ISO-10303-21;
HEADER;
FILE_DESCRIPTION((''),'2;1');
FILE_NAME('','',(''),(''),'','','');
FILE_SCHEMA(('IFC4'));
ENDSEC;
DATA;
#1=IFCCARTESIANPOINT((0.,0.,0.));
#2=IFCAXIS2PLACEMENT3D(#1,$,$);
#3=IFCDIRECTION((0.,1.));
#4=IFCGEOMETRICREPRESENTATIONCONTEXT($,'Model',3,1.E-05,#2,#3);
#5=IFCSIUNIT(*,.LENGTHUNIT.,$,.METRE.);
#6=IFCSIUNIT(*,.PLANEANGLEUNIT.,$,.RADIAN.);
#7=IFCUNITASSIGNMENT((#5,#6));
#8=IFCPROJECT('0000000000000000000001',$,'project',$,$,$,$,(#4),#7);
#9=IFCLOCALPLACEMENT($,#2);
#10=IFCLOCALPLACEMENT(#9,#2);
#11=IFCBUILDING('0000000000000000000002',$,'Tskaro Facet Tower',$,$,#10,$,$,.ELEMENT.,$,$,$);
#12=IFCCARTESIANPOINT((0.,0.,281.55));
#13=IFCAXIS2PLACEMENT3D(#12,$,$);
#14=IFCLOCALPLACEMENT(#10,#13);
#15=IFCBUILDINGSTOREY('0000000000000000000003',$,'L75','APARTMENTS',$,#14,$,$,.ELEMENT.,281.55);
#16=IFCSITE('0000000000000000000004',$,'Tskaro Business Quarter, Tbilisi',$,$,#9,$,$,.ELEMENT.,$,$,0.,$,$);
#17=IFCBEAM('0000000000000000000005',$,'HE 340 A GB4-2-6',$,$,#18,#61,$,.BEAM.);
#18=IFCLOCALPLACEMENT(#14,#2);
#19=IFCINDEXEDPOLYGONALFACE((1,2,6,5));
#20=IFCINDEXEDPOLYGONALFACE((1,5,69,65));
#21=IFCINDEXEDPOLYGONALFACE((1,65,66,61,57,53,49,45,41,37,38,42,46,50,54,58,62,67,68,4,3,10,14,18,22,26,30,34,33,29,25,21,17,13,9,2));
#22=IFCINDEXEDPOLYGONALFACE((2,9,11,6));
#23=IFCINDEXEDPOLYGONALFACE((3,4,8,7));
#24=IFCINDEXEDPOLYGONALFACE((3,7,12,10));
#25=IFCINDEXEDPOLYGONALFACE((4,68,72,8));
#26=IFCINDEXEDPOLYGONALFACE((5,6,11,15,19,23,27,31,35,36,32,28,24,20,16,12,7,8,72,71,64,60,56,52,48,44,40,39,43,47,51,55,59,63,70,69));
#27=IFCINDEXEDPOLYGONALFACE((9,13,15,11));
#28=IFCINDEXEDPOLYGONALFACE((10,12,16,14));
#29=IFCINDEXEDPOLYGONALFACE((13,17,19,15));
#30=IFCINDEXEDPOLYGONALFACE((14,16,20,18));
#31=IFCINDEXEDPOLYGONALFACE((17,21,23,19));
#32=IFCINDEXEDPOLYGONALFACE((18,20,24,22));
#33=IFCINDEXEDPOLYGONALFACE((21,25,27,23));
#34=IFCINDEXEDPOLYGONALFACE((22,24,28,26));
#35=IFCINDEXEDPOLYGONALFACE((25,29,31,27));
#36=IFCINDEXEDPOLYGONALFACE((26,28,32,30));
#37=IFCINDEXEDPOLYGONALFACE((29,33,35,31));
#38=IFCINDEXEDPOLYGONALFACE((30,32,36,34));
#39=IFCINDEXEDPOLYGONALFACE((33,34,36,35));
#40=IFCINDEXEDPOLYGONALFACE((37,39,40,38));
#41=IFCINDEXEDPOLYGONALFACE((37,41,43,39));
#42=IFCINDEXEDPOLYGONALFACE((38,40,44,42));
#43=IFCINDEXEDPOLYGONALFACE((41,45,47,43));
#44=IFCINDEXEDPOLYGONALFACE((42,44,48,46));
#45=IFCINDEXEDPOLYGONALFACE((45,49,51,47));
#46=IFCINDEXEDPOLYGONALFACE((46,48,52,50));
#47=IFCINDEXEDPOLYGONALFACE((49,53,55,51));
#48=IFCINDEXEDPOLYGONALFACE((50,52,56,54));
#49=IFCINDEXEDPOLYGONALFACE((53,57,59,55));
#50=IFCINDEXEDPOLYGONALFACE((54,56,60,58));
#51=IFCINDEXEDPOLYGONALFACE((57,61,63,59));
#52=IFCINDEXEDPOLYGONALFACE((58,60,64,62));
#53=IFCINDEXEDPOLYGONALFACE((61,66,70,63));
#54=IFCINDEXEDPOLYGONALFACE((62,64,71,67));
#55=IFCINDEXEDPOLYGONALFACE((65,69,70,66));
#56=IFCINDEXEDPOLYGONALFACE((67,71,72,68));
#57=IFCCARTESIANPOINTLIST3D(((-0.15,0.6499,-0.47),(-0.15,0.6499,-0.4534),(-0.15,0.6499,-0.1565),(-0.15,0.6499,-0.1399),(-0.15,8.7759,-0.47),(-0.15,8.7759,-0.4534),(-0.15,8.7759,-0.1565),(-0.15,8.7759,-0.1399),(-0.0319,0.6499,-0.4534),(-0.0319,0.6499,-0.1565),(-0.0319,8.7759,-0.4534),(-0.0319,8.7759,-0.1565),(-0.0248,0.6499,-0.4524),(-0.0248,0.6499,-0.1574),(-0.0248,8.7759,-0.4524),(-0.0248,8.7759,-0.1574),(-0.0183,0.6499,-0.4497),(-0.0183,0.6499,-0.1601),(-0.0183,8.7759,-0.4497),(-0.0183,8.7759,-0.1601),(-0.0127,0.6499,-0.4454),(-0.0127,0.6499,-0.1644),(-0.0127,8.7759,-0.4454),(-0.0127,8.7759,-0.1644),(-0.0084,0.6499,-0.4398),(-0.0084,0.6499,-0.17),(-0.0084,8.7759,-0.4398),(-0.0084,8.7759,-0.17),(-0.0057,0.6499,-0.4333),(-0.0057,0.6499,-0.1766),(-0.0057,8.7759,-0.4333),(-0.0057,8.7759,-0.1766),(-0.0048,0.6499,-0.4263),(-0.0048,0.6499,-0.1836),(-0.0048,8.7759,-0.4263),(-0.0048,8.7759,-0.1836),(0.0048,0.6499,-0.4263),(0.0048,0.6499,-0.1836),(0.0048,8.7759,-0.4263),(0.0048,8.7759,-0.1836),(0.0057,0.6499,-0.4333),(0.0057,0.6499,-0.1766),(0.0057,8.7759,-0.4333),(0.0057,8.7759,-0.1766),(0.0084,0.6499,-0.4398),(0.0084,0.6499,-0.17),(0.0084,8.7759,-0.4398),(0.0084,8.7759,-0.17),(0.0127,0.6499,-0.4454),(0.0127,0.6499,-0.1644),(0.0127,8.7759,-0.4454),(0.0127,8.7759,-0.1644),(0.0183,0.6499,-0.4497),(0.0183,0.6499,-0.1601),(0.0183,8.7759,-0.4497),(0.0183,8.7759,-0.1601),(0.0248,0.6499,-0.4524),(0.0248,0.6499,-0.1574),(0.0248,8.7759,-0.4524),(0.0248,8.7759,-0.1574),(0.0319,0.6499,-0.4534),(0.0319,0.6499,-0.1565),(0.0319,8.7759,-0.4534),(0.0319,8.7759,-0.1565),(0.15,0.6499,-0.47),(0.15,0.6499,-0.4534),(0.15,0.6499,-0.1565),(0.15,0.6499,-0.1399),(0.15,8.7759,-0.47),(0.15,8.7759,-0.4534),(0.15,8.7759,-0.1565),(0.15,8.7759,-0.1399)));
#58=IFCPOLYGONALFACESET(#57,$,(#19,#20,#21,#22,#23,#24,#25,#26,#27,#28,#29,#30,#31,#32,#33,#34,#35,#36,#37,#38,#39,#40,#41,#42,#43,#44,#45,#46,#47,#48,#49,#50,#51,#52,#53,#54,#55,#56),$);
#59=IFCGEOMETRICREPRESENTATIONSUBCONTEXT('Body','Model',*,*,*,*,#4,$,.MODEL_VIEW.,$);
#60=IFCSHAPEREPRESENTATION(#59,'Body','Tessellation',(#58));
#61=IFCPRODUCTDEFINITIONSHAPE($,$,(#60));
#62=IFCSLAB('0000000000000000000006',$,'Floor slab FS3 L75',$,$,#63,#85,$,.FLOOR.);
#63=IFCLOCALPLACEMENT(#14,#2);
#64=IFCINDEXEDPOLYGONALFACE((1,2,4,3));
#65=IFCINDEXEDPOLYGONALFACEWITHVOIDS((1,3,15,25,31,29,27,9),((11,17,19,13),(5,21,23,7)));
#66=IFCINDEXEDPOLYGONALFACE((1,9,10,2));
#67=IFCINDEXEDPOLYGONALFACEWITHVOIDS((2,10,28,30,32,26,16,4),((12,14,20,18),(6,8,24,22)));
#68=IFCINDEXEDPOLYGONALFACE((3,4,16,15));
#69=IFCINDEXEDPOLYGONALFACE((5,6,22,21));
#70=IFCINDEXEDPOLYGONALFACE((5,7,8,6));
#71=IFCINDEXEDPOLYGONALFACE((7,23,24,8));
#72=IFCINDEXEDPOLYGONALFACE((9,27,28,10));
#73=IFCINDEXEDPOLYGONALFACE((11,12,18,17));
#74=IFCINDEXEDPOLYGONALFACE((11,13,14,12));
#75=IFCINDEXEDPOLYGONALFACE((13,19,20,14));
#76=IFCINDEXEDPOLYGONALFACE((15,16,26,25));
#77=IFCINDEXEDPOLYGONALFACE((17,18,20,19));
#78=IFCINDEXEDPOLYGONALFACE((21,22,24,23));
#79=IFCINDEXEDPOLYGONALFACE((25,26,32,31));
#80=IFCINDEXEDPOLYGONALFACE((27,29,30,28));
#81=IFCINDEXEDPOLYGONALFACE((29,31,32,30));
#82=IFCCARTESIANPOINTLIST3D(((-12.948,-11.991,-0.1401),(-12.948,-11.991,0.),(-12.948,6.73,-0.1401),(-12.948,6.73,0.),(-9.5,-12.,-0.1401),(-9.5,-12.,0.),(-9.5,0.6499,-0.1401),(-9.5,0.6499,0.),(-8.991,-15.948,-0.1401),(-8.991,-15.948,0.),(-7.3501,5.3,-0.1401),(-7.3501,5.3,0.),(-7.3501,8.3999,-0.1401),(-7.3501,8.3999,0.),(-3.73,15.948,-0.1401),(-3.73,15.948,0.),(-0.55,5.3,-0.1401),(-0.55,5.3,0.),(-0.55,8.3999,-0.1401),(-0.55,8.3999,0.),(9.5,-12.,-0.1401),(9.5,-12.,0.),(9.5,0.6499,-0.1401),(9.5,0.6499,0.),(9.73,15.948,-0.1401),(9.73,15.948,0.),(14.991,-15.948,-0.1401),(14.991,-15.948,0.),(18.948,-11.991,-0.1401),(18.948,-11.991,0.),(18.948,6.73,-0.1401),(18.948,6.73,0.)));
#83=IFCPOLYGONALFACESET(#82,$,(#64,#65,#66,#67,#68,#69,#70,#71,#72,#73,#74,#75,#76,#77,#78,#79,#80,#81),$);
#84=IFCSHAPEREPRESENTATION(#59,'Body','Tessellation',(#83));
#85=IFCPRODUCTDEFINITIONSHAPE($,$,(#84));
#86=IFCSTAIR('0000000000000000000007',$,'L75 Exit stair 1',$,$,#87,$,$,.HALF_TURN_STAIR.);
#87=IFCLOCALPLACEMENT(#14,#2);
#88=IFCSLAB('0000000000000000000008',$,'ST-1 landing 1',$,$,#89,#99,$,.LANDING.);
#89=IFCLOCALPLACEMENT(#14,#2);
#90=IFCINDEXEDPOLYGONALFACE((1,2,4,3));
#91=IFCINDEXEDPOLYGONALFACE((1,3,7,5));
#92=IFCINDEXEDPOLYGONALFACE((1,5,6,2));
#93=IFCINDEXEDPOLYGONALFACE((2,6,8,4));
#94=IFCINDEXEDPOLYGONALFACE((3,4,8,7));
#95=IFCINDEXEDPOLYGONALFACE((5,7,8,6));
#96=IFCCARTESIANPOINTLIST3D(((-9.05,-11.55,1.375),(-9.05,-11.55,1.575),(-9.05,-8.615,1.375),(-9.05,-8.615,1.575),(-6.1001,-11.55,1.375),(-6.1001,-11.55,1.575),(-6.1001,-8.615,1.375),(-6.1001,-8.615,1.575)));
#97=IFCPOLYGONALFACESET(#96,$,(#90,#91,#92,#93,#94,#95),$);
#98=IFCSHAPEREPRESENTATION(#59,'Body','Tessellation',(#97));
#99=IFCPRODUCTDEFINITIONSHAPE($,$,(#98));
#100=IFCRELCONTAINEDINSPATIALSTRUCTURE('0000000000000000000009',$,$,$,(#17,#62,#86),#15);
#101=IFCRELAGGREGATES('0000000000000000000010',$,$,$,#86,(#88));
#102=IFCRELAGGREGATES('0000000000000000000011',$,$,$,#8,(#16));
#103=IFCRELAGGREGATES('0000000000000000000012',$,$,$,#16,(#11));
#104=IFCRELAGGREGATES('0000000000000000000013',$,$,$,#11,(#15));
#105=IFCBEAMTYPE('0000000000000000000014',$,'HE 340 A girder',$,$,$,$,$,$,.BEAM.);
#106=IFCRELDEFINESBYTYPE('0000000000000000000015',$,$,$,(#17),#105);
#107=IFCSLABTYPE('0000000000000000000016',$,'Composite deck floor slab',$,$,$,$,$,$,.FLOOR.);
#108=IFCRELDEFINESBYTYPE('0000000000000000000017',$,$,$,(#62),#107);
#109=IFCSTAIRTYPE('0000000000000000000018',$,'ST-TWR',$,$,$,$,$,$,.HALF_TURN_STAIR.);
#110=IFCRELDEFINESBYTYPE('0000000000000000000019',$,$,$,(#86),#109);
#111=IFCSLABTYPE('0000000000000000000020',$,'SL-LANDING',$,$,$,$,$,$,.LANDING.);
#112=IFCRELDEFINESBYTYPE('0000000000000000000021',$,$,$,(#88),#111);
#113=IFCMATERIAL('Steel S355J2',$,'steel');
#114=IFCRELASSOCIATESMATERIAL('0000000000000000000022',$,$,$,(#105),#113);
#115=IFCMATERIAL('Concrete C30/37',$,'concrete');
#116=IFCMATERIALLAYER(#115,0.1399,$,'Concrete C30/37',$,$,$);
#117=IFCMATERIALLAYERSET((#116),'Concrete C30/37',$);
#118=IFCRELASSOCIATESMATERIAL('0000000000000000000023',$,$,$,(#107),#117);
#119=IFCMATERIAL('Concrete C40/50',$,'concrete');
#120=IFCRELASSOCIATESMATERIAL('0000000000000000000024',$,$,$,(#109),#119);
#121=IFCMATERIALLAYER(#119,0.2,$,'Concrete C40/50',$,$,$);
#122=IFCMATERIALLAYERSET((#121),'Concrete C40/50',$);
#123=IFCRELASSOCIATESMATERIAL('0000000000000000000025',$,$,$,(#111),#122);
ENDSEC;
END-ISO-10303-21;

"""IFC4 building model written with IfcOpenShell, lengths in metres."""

from ifc_helpers import new_model, si_unit, direction, frame, origin, origin_2d, place, context, subcontext, project, spatial, polyline, i_section, outline, extrude, material, layer, layer_set, material_profile, profile_set, type_object, element, aggregate, save


model = new_model("IFC4")

# Units and contexts
model_context = context("Model", 3, precision=1e-05, world=origin(), true_north=direction((0.0, 1.0)))
body_context = subcontext(model_context, "Body", "Model", "MODEL_VIEW")
ifc_project = project(units=[si_unit("LENGTHUNIT", "METRE"), si_unit("PLANEANGLEUNIT", "RADIAN")], contexts=[model_context])

# Site, building, storey
site_placement = place(None, origin())
site = spatial("IfcSite", under=ifc_project, at=site_placement, Name="Tskaro Business Quarter, Tbilisi", CompositionType="ELEMENT", RefElevation=0.0)
building_placement = place(site_placement, origin())
building = spatial("IfcBuilding", under=site, at=building_placement, Name="Tskaro Facet Tower", CompositionType="ELEMENT")
storey_placement = place(building_placement, frame((0.0, 0.0, 281.55)))
storey = spatial("IfcBuildingStorey", under=building, at=storey_placement, Name="L75", Description="APARTMENTS", CompositionType="ELEMENT", Elevation=281.55)

# Beam
ifc_material_1 = material(Name="Steel S355J2", Category="steel")
ifc_material_profile = material_profile(ifc_material_1, i_section(OverallWidth=0.3, OverallDepth=0.3301, WebThickness=0.0095, FlangeThickness=0.0166, FilletRadius=0.0271, at=origin_2d()), Name="HE 340 A")
ifc_profile_set = profile_set([ifc_material_profile], Name="Steel S355J2")
beam_type = type_object("IfcBeamType", Name="HE 340 A girder", PredefinedType="BEAM", material=ifc_profile_set)
beam_placement = place(storey_placement, frame((0.0, 0.6499, -0.3049), z_axis=(0.0, 1.0, 0.0), x_axis=(-1.0, 0.0, 0.0)))
element("IfcBeam", 1, at=beam_placement, inside=storey, type_object=beam_type, Name="HE 340 A GB4-2-6", PredefinedType="BEAM", context=body_context, shape_type="SweptSolid", body=[
    extrude(i_section(OverallWidth=0.3, OverallDepth=0.3301, WebThickness=0.0095, FlangeThickness=0.0166, FilletRadius=0.0271, at=origin_2d()), origin(), (0.0, 0.0, 1.0), 8.126),
])

# Slab
ifc_material_2 = material(Name="Concrete C30/37", Category="concrete")
ifc_layer_1 = layer(ifc_material_2, 0.1399, Name="Concrete C30/37")
ifc_layer_set_1 = layer_set([ifc_layer_1], Name="Concrete C30/37")
slab_type_1 = type_object("IfcSlabType", Name="Composite deck floor slab", PredefinedType="FLOOR", material=ifc_layer_set_1)
slab_1_placement = place(storey_placement, frame((0.0, 0.0, -0.1401)))
element("IfcSlab", 2, at=slab_1_placement, inside=storey, type_object=slab_type_1, Name="Floor slab FS3 L75", PredefinedType="FLOOR", context=body_context, shape_type="SweptSolid", body=[
    extrude(outline(polyline([(-8.991, -15.948), (14.991, -15.948), (18.948, -11.991), (18.948, 6.73), (9.73, 15.948), (-3.73, 15.948), (-12.948, 6.73), (-12.948, -11.991), (-8.991, -15.948)]), holes=[polyline([(-9.5, -12.0), (9.5, -12.0), (9.5, 0.6499), (-9.5, 0.6499), (-9.5, -12.0)]), polyline([(-7.3501, 5.3), (-0.55, 5.3), (-0.55, 8.3999), (-7.3501, 8.3999), (-7.3501, 5.3)])]), origin(), (0.0, 0.0, 1.0), 0.1401),
])

# Stair, slab
ifc_material_3 = material(Name="Concrete C40/50", Category="concrete")
stair_type = type_object("IfcStairType", Name="ST-TWR", PredefinedType="HALF_TURN_STAIR", material=ifc_material_3)
stair_1_placement = place(storey_placement, origin())
stair_1 = element("IfcStair", 3, at=stair_1_placement, inside=storey, type_object=stair_type, Name="L75 Exit stair 1", PredefinedType="HALF_TURN_STAIR")
ifc_layer_2 = layer(ifc_material_3, 0.2, Name="Concrete C40/50")
ifc_layer_set_2 = layer_set([ifc_layer_2], Name="Concrete C40/50")
slab_type_2 = type_object("IfcSlabType", Name="SL-LANDING", PredefinedType="LANDING", material=ifc_layer_set_2)
slab_2_placement = place(storey_placement, frame((0.0, 0.0, 1.375)))
slab_2 = element("IfcSlab", 4, at=slab_2_placement, type_object=slab_type_2, Name="ST-1 landing 1", PredefinedType="LANDING", context=body_context, shape_type="SweptSolid", body=[
    extrude(outline(polyline([(-9.05, -11.55), (-6.1001, -11.55), (-6.1001, -8.615), (-9.05, -8.615), (-9.05, -11.55)])), origin(), (0.0, 0.0, 1.0), 0.2),
])
aggregate(stair_1, [slab_2])

save(model, "model.ifc")
